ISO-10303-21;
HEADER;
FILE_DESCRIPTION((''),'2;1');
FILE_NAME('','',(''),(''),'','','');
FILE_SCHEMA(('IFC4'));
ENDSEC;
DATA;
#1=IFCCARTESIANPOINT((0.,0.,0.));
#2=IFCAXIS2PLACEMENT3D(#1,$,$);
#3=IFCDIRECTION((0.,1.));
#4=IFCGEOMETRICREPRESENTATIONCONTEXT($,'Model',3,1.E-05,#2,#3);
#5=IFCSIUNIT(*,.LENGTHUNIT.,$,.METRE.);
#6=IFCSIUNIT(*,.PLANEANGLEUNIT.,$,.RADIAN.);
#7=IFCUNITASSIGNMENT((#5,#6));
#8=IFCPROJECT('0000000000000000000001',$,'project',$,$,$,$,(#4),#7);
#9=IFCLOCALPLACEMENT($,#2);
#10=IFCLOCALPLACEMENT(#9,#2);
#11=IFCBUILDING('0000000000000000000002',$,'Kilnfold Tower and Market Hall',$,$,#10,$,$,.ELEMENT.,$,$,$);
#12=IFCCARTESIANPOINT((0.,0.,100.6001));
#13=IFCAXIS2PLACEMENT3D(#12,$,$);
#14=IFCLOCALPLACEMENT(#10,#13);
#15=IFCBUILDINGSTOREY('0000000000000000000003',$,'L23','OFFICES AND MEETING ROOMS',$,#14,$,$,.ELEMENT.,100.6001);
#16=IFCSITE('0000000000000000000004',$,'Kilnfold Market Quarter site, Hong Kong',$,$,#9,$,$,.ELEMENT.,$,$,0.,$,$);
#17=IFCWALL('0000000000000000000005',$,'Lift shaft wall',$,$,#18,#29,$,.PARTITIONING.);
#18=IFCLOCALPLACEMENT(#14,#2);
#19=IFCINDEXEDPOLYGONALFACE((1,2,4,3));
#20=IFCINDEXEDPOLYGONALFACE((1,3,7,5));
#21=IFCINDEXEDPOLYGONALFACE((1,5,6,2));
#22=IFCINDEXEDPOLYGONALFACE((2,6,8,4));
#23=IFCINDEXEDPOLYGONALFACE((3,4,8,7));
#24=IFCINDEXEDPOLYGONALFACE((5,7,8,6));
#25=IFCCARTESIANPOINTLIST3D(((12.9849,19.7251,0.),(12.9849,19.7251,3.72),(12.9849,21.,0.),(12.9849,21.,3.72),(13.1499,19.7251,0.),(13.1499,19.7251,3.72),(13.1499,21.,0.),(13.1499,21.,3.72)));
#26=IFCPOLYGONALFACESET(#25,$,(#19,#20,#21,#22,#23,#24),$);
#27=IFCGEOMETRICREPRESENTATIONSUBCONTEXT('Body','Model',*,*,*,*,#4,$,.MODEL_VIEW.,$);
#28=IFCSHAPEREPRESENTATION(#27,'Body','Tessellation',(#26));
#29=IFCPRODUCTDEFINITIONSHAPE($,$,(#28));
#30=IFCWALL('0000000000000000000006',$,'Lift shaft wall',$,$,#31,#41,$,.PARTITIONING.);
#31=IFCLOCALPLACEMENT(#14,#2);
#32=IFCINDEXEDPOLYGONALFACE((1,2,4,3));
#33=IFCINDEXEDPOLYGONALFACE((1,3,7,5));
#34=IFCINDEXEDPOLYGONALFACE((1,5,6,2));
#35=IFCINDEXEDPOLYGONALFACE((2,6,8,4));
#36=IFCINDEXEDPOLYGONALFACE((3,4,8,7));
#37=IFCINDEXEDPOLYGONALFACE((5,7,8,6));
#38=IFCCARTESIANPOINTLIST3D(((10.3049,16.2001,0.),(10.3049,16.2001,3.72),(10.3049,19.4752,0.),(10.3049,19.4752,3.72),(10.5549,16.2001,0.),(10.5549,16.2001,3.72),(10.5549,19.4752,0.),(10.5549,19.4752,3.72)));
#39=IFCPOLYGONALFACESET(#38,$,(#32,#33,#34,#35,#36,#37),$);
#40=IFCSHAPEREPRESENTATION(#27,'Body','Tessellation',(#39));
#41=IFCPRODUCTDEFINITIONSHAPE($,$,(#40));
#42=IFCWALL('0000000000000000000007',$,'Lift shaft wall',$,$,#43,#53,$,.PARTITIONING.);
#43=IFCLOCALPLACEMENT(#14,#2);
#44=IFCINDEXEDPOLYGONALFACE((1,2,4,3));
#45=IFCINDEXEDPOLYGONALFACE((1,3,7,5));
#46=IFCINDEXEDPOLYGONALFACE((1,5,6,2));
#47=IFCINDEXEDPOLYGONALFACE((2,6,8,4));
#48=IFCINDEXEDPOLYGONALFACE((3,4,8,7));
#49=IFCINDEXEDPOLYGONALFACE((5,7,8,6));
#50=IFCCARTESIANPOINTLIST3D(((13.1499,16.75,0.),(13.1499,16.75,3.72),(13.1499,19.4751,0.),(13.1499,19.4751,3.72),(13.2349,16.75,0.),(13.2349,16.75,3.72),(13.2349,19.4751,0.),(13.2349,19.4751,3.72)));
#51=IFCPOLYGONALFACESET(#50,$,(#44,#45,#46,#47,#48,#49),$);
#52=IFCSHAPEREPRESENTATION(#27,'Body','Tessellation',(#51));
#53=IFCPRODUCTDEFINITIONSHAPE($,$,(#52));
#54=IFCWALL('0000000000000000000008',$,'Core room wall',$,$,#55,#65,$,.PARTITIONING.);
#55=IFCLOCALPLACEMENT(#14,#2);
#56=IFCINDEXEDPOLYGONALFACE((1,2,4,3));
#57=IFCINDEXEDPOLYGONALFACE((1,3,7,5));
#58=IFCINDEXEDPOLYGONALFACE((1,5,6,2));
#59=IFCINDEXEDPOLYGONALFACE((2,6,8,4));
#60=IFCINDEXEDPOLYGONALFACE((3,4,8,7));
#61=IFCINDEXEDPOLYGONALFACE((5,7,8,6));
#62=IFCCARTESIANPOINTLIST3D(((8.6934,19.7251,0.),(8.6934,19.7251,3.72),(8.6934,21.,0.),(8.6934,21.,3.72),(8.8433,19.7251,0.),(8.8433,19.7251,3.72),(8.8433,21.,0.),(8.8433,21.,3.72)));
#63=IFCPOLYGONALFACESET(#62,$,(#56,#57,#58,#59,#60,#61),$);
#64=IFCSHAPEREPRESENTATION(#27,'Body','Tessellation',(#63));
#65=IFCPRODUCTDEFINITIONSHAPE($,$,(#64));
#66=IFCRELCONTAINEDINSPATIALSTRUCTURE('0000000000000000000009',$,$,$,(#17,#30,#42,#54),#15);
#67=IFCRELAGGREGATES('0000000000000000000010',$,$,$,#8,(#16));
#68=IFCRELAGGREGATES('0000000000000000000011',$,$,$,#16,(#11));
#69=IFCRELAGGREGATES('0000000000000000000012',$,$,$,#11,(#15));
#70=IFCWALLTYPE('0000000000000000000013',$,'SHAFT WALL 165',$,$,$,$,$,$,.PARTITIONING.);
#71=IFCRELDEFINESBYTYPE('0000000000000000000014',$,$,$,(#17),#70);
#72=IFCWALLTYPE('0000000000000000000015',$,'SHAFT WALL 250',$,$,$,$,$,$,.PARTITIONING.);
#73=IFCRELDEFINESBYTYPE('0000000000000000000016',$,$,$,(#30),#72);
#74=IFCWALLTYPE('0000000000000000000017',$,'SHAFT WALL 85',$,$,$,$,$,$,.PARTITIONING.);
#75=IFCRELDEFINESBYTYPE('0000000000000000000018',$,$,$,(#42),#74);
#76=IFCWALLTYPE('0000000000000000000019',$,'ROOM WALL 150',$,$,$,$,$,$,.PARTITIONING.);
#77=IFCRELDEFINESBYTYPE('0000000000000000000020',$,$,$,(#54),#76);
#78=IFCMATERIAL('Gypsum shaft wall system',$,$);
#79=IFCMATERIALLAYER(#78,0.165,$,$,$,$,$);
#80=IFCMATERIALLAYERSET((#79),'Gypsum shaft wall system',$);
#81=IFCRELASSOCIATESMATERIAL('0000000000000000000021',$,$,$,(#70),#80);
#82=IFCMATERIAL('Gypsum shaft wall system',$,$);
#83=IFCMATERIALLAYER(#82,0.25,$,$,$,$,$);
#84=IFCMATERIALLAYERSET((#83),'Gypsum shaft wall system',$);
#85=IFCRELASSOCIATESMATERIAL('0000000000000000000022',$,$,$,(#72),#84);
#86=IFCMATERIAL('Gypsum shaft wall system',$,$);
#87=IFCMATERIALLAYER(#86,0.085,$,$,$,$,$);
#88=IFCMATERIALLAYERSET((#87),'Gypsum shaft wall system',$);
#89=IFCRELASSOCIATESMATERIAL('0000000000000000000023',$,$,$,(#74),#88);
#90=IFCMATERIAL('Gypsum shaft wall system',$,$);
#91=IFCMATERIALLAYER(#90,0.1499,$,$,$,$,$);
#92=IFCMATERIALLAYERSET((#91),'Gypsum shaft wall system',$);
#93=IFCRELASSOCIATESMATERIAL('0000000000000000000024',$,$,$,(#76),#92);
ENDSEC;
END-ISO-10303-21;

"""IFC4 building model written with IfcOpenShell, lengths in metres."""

from ifc_helpers import new_model, si_unit, direction, frame, frame_2d, origin, place, context, subcontext, project, spatial, rectangle, extrude, source, transform, mapped, material, layer, layer_set, type_object, element, save


model = new_model("IFC4")

# Units and contexts
model_context = context("Model", 3, precision=1e-05, world=origin(), true_north=direction((0.0, 1.0)))
body_context = subcontext(model_context, "Body", "Model", "MODEL_VIEW")
ifc_project = project(units=[si_unit("LENGTHUNIT", "METRE"), si_unit("PLANEANGLEUNIT", "RADIAN")], contexts=[model_context])

# Site, building, storey
site_placement = place(None, origin())
site = spatial("IfcSite", under=ifc_project, at=site_placement, Name="Kilnfold Market Quarter site, Hong Kong", CompositionType="ELEMENT", RefElevation=0.0)
building_placement = place(site_placement, origin())
building = spatial("IfcBuilding", under=site, at=building_placement, Name="Kilnfold Tower and Market Hall", CompositionType="ELEMENT")
storey_placement = place(building_placement, frame((0.0, 0.0, 100.6001)))
storey = spatial("IfcBuildingStorey", under=building, at=storey_placement, Name="L23", Description="OFFICES AND MEETING ROOMS", CompositionType="ELEMENT", Elevation=100.6001)

# Walls
ifc_material_1 = material(Name="Gypsum shaft wall system")
ifc_layer_1 = layer(ifc_material_1, 0.165)
ifc_layer_set_1 = layer_set([ifc_layer_1], Name="Gypsum shaft wall system")
wall_type_1 = type_object("IfcWallType", Name="SHAFT WALL 165", PredefinedType="PARTITIONING", material=ifc_layer_set_1)
shared_shape_1 = source(origin(), body_context, "Body", "SweptSolid", [
    extrude(rectangle(XDim=1.2749, YDim=0.165, at=frame_2d((0.6375, 0.0))), origin(), (0.0, 0.0, 1.0), 3.72),
])
wall_1_placement = place(storey_placement, frame((13.0674, 19.7251, 0.0), z_axis=(0.0, 0.0, 1.0), x_axis=(0.0, 1.0, 0.0)))
element("IfcWall", 1, at=wall_1_placement, inside=storey, type_object=wall_type_1, Name="Lift shaft wall", PredefinedType="PARTITIONING", context=body_context, shape_type="MappedRepresentation", body=[
    mapped(shared_shape_1, transform((0.0, 0.0, 0.0))),
])
ifc_material_2 = material(Name="Gypsum shaft wall system")
ifc_layer_2 = layer(ifc_material_2, 0.25)
ifc_layer_set_2 = layer_set([ifc_layer_2], Name="Gypsum shaft wall system")
wall_type_2 = type_object("IfcWallType", Name="SHAFT WALL 250", PredefinedType="PARTITIONING", material=ifc_layer_set_2)
shared_shape_2 = source(origin(), body_context, "Body", "SweptSolid", [
    extrude(rectangle(XDim=3.2751, YDim=0.25, at=frame_2d((1.6377, 0.0))), origin(), (0.0, 0.0, 1.0), 3.72),
])
wall_2_placement = place(storey_placement, frame((10.4299, 16.2, 0.0), z_axis=(0.0, 0.0, 1.0), x_axis=(0.0, 1.0, 0.0)))
element("IfcWall", 2, at=wall_2_placement, inside=storey, type_object=wall_type_2, Name="Lift shaft wall", PredefinedType="PARTITIONING", context=body_context, shape_type="MappedRepresentation", body=[
    mapped(shared_shape_2, transform((0.0, 0.0, 0.0))),
])
ifc_material_3 = material(Name="Gypsum shaft wall system")
ifc_layer_3 = layer(ifc_material_3, 0.085)
ifc_layer_set_3 = layer_set([ifc_layer_3], Name="Gypsum shaft wall system")
wall_type_3 = type_object("IfcWallType", Name="SHAFT WALL 85", PredefinedType="PARTITIONING", material=ifc_layer_set_3)
shared_shape_3 = source(origin(), body_context, "Body", "SweptSolid", [
    extrude(rectangle(XDim=2.7251, YDim=0.085, at=frame_2d((1.3625, 0.0))), origin(), (0.0, 0.0, 1.0), 3.72),
])
wall_3_placement = place(storey_placement, frame((13.1924, 16.75, 0.0), z_axis=(0.0, 0.0, 1.0), x_axis=(0.0, 1.0, 0.0)))
element("IfcWall", 3, at=wall_3_placement, inside=storey, type_object=wall_type_3, Name="Lift shaft wall", PredefinedType="PARTITIONING", context=body_context, shape_type="MappedRepresentation", body=[
    mapped(shared_shape_3, transform((0.0, 0.0, 0.0))),
])
ifc_material_4 = material(Name="Gypsum shaft wall system")
ifc_layer_4 = layer(ifc_material_4, 0.1499)
ifc_layer_set_4 = layer_set([ifc_layer_4], Name="Gypsum shaft wall system")
wall_type_4 = type_object("IfcWallType", Name="ROOM WALL 150", PredefinedType="PARTITIONING", material=ifc_layer_set_4)
shared_shape_4 = source(origin(), body_context, "Body", "SweptSolid", [
    extrude(rectangle(XDim=1.2749, YDim=0.1499, at=frame_2d((0.6375, 0.0))), origin(), (0.0, 0.0, 1.0), 3.72),
])
wall_4_placement = place(storey_placement, frame((8.7683, 19.7251, 0.0), z_axis=(0.0, 0.0, 1.0), x_axis=(0.0, 1.0, 0.0)))
element("IfcWall", 4, at=wall_4_placement, inside=storey, type_object=wall_type_4, Name="Core room wall", PredefinedType="PARTITIONING", context=body_context, shape_type="MappedRepresentation", body=[
    mapped(shared_shape_4, transform((0.0, 0.0, 0.0))),
])

save(model, "model.ifc")
